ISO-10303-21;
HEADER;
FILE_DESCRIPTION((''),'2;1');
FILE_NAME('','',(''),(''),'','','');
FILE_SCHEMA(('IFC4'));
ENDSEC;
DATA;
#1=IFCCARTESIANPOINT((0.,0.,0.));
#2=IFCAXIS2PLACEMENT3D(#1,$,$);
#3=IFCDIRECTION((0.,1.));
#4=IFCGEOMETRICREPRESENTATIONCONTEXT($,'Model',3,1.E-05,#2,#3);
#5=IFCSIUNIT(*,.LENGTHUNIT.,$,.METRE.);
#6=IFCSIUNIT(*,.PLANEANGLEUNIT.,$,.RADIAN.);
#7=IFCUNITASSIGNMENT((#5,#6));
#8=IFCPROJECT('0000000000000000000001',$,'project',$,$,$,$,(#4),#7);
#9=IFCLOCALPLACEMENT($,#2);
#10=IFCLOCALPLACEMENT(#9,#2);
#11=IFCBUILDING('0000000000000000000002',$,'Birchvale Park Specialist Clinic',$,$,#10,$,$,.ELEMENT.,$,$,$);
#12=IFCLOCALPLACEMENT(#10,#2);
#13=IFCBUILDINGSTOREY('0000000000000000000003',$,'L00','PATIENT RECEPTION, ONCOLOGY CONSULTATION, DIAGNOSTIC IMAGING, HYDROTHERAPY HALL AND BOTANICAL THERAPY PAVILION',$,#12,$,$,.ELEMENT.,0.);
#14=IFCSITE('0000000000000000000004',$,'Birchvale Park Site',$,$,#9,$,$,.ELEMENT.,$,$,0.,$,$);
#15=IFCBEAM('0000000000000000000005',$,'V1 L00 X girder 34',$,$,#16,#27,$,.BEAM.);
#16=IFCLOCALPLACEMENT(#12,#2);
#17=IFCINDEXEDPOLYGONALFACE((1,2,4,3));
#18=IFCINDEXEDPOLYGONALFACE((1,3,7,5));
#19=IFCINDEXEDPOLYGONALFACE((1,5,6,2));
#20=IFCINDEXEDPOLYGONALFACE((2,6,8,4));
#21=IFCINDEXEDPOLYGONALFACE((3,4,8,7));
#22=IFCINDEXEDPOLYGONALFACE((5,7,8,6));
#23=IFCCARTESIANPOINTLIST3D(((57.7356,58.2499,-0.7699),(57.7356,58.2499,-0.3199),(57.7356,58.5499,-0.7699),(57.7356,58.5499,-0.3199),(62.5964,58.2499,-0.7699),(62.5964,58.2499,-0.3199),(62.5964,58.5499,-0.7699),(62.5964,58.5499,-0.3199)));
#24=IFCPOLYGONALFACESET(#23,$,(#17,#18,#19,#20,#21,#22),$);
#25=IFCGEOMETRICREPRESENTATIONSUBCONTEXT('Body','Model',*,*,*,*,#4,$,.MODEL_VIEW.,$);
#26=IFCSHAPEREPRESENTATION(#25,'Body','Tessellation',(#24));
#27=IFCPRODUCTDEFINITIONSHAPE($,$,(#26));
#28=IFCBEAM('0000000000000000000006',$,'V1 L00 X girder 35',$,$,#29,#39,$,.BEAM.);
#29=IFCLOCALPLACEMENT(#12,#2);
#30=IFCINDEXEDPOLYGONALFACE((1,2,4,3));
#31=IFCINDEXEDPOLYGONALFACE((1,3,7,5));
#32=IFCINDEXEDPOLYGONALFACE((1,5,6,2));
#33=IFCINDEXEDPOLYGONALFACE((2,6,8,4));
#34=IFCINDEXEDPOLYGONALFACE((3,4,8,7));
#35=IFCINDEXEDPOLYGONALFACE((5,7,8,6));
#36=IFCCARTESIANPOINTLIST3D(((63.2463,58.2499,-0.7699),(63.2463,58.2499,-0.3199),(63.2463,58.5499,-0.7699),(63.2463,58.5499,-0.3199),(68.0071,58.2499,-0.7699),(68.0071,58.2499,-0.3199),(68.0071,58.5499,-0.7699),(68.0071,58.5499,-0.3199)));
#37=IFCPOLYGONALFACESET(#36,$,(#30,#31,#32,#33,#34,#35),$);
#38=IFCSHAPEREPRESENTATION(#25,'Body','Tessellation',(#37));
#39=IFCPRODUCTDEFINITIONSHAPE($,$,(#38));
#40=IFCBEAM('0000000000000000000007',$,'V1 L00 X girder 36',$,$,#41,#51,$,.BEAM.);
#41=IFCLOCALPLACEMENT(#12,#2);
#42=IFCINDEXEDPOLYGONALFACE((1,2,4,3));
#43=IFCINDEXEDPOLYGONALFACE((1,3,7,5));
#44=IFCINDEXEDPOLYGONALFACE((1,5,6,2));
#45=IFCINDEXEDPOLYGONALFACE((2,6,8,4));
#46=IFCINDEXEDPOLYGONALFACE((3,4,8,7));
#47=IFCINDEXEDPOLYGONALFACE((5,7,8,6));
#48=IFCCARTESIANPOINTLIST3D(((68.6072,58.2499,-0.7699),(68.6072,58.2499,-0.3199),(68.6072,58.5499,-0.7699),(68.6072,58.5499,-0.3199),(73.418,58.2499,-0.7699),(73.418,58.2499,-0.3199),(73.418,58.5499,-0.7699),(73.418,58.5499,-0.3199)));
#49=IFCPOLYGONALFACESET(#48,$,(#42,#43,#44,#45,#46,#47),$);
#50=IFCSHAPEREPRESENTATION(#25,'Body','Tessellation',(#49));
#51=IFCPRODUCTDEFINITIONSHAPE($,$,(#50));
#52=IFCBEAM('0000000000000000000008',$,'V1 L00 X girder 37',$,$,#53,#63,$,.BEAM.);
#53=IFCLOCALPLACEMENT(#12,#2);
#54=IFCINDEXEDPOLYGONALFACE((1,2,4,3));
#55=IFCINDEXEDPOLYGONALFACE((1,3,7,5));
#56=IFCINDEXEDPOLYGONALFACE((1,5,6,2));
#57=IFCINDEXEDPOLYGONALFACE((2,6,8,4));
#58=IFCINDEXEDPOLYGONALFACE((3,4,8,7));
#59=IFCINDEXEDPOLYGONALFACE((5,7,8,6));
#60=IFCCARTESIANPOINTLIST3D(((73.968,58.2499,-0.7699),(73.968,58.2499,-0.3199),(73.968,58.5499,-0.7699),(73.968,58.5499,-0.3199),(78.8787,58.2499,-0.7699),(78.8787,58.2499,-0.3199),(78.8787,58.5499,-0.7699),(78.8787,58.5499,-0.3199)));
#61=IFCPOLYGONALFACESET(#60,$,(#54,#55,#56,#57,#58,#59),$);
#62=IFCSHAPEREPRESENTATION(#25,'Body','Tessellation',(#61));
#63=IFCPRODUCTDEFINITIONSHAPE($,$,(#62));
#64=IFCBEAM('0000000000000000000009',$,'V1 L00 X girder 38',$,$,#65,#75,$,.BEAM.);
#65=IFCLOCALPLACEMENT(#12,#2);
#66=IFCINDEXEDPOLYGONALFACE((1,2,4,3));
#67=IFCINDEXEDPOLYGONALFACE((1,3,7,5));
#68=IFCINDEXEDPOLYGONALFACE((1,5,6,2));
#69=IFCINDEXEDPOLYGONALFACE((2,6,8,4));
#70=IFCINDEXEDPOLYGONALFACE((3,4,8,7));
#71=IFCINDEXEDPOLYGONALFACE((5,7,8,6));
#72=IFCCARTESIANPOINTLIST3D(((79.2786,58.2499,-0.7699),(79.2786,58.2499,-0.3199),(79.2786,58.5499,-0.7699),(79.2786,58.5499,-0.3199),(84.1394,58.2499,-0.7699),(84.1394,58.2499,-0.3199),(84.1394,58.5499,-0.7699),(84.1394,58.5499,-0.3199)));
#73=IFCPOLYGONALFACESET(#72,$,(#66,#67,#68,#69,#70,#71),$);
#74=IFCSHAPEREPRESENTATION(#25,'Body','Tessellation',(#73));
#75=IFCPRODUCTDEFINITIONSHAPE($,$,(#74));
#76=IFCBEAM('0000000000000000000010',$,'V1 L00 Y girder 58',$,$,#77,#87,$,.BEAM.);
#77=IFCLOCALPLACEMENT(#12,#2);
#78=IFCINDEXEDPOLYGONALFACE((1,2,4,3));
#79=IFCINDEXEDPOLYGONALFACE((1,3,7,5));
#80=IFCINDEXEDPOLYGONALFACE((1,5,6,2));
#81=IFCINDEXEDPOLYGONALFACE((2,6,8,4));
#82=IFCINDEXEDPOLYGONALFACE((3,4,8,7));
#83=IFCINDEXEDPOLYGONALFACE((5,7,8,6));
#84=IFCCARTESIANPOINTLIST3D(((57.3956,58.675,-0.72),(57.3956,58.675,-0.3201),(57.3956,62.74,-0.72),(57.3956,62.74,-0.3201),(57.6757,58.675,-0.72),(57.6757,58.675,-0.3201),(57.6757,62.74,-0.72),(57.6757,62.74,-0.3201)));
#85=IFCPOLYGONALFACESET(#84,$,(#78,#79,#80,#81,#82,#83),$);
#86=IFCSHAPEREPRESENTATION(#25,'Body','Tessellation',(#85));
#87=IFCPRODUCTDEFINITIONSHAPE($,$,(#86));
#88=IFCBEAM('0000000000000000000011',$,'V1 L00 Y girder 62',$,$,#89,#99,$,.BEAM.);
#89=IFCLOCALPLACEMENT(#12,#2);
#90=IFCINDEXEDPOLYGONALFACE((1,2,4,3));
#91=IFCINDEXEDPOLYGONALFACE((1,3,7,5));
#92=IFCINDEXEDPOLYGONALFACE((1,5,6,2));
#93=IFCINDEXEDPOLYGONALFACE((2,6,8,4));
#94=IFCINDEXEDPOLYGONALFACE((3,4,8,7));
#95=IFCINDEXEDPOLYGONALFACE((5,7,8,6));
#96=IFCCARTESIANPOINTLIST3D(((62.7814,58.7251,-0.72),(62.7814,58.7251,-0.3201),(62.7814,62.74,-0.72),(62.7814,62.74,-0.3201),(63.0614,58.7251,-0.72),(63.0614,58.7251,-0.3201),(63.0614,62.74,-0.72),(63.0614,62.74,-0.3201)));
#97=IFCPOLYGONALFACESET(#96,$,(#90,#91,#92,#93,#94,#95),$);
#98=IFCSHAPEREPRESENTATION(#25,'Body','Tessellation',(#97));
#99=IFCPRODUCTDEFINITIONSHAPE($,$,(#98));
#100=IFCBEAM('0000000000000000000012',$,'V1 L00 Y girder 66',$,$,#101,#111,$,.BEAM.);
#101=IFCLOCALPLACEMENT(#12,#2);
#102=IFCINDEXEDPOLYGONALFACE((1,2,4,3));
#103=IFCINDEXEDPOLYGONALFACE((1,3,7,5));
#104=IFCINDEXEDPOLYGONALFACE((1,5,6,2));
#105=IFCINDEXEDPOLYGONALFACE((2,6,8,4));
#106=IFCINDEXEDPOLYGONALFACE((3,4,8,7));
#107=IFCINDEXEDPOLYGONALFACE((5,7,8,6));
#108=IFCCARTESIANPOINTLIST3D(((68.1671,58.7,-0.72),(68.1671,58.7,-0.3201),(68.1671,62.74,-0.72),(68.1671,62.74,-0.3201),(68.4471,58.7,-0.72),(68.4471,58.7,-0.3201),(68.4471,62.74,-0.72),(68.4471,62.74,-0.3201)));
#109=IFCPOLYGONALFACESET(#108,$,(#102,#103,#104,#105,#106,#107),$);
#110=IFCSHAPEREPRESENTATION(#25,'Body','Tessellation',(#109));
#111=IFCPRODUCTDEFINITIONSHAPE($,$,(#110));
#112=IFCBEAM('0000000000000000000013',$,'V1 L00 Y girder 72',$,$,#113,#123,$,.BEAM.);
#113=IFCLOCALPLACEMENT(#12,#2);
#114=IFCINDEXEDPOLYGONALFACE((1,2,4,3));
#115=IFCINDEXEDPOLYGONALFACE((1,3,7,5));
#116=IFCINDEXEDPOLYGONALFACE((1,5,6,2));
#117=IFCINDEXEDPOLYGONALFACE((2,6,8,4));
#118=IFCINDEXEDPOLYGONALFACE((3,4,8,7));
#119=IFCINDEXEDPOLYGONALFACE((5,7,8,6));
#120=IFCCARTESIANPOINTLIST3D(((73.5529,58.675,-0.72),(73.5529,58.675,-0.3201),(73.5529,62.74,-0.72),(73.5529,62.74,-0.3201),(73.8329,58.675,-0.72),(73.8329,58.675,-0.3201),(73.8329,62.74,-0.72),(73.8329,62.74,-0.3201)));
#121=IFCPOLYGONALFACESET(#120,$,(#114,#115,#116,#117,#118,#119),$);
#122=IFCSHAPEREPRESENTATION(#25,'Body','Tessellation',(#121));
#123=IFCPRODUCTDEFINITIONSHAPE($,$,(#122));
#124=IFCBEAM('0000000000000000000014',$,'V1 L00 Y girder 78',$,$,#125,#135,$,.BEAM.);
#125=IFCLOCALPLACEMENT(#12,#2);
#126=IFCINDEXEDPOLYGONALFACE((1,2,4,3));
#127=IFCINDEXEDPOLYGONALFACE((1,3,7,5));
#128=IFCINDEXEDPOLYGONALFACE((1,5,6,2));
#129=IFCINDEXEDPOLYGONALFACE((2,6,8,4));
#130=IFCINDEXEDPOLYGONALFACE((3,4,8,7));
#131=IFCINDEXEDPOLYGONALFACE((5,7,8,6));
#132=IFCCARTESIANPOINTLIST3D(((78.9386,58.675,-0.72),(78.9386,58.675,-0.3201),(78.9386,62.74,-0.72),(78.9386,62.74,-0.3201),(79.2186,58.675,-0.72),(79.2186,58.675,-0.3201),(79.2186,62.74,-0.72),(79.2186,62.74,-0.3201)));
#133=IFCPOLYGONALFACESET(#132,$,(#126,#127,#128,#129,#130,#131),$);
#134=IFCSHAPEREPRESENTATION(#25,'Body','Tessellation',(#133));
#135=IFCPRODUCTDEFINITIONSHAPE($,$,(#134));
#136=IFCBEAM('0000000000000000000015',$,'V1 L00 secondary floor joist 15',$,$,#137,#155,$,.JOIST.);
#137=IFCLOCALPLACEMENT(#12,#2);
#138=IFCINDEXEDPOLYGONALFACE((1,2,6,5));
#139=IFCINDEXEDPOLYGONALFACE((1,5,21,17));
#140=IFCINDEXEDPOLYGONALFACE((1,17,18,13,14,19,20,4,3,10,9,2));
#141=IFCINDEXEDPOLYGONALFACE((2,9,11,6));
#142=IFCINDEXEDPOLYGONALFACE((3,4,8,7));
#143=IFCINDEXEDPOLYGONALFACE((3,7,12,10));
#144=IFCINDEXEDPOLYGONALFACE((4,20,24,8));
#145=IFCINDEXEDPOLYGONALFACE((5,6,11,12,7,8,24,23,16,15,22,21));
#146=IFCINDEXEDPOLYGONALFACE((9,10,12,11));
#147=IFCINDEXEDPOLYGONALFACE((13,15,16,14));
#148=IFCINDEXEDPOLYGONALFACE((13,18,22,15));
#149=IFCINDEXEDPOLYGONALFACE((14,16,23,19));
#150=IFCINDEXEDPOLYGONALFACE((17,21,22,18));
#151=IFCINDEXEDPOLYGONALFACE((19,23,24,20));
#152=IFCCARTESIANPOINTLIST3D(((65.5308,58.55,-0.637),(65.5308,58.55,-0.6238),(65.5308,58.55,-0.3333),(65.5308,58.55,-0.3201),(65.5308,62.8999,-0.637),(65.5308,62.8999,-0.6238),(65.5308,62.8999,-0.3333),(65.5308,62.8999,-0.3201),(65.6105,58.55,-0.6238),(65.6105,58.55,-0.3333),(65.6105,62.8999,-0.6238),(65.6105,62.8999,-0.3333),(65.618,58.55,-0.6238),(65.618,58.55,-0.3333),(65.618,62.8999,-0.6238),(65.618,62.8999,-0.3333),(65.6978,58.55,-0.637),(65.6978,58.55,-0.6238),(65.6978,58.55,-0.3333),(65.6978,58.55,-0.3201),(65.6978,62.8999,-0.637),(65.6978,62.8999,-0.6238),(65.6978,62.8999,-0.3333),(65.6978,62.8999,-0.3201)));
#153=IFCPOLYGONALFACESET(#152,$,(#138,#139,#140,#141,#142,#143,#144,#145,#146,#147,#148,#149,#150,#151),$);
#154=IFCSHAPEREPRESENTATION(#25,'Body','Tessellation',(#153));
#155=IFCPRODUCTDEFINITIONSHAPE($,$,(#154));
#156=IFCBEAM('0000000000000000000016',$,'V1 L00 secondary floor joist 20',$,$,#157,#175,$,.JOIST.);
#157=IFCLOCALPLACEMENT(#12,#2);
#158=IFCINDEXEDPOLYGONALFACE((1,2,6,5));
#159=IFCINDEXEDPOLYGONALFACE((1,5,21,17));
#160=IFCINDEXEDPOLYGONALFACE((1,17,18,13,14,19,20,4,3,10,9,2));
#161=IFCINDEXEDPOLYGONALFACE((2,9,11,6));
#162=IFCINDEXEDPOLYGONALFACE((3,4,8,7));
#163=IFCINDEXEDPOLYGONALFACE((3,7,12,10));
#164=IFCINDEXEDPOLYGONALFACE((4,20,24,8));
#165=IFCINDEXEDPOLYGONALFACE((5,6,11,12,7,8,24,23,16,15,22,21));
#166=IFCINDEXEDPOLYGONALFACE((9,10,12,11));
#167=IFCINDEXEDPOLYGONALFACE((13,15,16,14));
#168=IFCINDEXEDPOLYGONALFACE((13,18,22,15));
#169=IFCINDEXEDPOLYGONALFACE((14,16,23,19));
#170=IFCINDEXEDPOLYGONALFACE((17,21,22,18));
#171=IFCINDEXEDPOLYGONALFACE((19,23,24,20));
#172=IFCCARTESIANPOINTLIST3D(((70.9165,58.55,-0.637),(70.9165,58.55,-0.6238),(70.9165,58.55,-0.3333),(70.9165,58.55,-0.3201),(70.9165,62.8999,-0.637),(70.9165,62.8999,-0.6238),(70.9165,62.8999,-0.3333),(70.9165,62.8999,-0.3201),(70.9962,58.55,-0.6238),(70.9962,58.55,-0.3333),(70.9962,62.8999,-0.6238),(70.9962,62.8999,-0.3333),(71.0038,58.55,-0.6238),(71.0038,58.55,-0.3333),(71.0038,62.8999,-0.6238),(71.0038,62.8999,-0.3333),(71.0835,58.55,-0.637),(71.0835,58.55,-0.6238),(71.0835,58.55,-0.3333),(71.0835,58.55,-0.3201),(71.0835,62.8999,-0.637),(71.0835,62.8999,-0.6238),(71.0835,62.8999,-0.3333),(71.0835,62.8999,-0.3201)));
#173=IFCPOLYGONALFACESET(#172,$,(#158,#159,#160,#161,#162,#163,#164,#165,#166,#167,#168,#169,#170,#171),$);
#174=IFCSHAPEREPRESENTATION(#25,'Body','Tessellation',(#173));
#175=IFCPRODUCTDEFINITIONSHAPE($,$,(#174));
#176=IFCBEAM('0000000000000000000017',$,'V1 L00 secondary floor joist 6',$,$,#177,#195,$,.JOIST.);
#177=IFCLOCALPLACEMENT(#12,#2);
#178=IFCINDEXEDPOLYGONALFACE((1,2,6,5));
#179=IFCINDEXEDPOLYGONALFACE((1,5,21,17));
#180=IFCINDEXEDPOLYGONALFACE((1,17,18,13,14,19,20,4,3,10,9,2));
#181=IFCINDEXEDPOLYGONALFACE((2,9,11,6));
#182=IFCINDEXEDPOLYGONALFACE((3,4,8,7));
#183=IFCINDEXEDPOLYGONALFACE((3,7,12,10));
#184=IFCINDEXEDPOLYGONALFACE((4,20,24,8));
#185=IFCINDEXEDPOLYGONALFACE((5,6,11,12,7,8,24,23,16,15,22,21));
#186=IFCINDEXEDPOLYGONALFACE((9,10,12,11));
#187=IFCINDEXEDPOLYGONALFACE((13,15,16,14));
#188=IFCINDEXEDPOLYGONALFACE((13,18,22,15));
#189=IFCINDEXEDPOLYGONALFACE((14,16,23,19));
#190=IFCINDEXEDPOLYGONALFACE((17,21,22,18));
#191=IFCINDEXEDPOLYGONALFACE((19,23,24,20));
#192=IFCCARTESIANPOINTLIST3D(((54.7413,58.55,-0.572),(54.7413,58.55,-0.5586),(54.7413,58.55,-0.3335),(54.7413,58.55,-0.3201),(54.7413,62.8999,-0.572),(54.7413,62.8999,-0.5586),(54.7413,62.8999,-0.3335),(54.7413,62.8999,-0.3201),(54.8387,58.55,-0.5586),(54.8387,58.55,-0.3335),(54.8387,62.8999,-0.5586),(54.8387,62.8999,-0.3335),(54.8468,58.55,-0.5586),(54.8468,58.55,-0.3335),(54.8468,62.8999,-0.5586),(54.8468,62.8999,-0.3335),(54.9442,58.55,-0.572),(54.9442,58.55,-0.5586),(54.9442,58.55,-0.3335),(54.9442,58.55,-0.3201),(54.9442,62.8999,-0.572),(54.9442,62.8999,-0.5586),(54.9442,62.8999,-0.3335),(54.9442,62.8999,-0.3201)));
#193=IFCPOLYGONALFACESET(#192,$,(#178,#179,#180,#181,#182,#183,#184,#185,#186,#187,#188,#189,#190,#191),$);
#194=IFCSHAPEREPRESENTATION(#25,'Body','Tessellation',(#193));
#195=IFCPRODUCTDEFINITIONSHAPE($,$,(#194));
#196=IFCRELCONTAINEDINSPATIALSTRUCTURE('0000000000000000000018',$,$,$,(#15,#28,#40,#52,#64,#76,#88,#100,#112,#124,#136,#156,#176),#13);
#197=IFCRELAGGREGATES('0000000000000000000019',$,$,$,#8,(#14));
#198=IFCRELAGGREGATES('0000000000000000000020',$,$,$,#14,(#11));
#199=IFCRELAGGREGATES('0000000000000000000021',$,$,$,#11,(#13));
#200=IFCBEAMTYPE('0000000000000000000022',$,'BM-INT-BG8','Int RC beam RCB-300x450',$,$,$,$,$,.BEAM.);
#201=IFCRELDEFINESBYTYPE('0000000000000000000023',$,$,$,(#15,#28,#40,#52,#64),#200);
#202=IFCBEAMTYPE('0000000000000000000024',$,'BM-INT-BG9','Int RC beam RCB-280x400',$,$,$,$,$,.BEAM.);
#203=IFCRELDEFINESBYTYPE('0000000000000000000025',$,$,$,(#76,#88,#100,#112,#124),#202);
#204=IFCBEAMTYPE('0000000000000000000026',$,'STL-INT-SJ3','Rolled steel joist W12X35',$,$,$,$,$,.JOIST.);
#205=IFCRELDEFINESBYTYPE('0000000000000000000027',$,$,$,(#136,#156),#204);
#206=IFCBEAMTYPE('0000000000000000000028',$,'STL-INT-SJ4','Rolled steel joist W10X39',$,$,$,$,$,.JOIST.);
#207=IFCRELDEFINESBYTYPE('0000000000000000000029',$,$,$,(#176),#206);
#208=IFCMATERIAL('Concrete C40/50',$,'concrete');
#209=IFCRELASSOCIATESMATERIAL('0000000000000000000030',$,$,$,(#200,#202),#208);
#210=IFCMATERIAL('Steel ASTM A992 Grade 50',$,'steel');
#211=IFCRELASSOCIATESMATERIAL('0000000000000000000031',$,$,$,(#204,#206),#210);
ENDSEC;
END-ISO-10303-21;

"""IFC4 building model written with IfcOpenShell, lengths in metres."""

from ifc_helpers import new_model, si_unit, direction, frame, origin, origin_2d, place, context, subcontext, project, spatial, rectangle, i_section, extrude, material, material_profile, profile_set, type_object, element, save


model = new_model("IFC4")

# Units and contexts
model_context = context("Model", 3, precision=1e-05, world=origin(), true_north=direction((0.0, 1.0)))
body_context = subcontext(model_context, "Body", "Model", "MODEL_VIEW")
ifc_project = project(units=[si_unit("LENGTHUNIT", "METRE"), si_unit("PLANEANGLEUNIT", "RADIAN")], contexts=[model_context])

# Site, building, storey
site_placement = place(None, origin())
site = spatial("IfcSite", under=ifc_project, at=site_placement, Name="Birchvale Park Site", CompositionType="ELEMENT", RefElevation=0.0)
building_placement = place(site_placement, origin())
building = spatial("IfcBuilding", under=site, at=building_placement, Name="Birchvale Park Specialist Clinic", CompositionType="ELEMENT")
storey_placement = place(building_placement, origin())
storey = spatial("IfcBuildingStorey", under=building, at=storey_placement, Name="L00", Description="PATIENT RECEPTION, ONCOLOGY CONSULTATION, DIAGNOSTIC IMAGING, HYDROTHERAPY HALL AND BOTANICAL THERAPY PAVILION", CompositionType="ELEMENT", Elevation=0.0)

# Shared definitions
ifc_material_1 = material(Name="Concrete C40/50", Category="concrete")

# Beams
ifc_material_profile_1 = material_profile(ifc_material_1, rectangle(XDim=0.3, YDim=0.45, at=origin_2d()), Name="RCB-300x450")
ifc_profile_set_1 = profile_set([ifc_material_profile_1], Name="Concrete C40/50")
beam_type_1 = type_object("IfcBeamType", Name="BM-INT-BG8", Description="Int RC beam RCB-300x450", PredefinedType="BEAM", material=ifc_profile_set_1)
beam_1_placement = place(storey_placement, frame((57.7356, 58.3999, -0.5449), z_axis=(1.0, 0.0, 0.0), x_axis=(0.0, 1.0, 0.0)))
element("IfcBeam", 1, at=beam_1_placement, inside=storey, type_object=beam_type_1, Name="V1 L00 X girder 34", PredefinedType="BEAM", context=body_context, shape_type="SweptSolid", body=[
    extrude(rectangle(XDim=0.3, YDim=0.45, at=origin_2d()), origin(), (0.0, 0.0, 1.0), 4.8608),
])
beam_2_placement = place(storey_placement, frame((63.2463, 58.3999, -0.5449), z_axis=(1.0, 0.0, 0.0), x_axis=(0.0, 1.0, 0.0)))
element("IfcBeam", 2, at=beam_2_placement, inside=storey, type_object=beam_type_1, Name="V1 L00 X girder 35", PredefinedType="BEAM", context=body_context, shape_type="SweptSolid", body=[
    extrude(rectangle(XDim=0.3, YDim=0.45, at=origin_2d()), origin(), (0.0, 0.0, 1.0), 4.7607),
])
beam_3_placement = place(storey_placement, frame((68.6072, 58.3999, -0.5449), z_axis=(1.0, 0.0, 0.0), x_axis=(0.0, 1.0, 0.0)))
element("IfcBeam", 3, at=beam_3_placement, inside=storey, type_object=beam_type_1, Name="V1 L00 X girder 36", PredefinedType="BEAM", context=body_context, shape_type="SweptSolid", body=[
    extrude(rectangle(XDim=0.3, YDim=0.45, at=origin_2d()), origin(), (0.0, 0.0, 1.0), 4.8108),
])
beam_4_placement = place(storey_placement, frame((73.968, 58.3999, -0.5449), z_axis=(1.0, 0.0, 0.0), x_axis=(0.0, 1.0, 0.0)))
element("IfcBeam", 4, at=beam_4_placement, inside=storey, type_object=beam_type_1, Name="V1 L00 X girder 37", PredefinedType="BEAM", context=body_context, shape_type="SweptSolid", body=[
    extrude(rectangle(XDim=0.3, YDim=0.45, at=origin_2d()), origin(), (0.0, 0.0, 1.0), 4.9106),
])
beam_5_placement = place(storey_placement, frame((79.2786, 58.3999, -0.5449), z_axis=(1.0, 0.0, 0.0), x_axis=(0.0, 1.0, 0.0)))
element("IfcBeam", 5, at=beam_5_placement, inside=storey, type_object=beam_type_1, Name="V1 L00 X girder 38", PredefinedType="BEAM", context=body_context, shape_type="SweptSolid", body=[
    extrude(rectangle(XDim=0.3, YDim=0.45, at=origin_2d()), origin(), (0.0, 0.0, 1.0), 4.8608),
])
ifc_material_profile_2 = material_profile(ifc_material_1, rectangle(XDim=0.28, YDim=0.3999, at=origin_2d()), Name="RCB-280x400")
ifc_profile_set_2 = profile_set([ifc_material_profile_2], Name="Concrete C40/50")
beam_type_2 = type_object("IfcBeamType", Name="BM-INT-BG9", Description="Int RC beam RCB-280x400", PredefinedType="BEAM", material=ifc_profile_set_2)
beam_6_placement = place(storey_placement, frame((57.5356, 58.675, -0.52), z_axis=(0.0, 1.0, 0.0), x_axis=(-1.0, 0.0, 0.0)))
element("IfcBeam", 6, at=beam_6_placement, inside=storey, type_object=beam_type_2, Name="V1 L00 Y girder 58", PredefinedType="BEAM", context=body_context, shape_type="SweptSolid", body=[
    extrude(rectangle(XDim=0.28, YDim=0.3999, at=origin_2d()), origin(), (0.0, 0.0, 1.0), 4.0649),
])
beam_7_placement = place(storey_placement, frame((62.9214, 58.7251, -0.52), z_axis=(0.0, 1.0, 0.0), x_axis=(-1.0, 0.0, 0.0)))
element("IfcBeam", 7, at=beam_7_placement, inside=storey, type_object=beam_type_2, Name="V1 L00 Y girder 62", PredefinedType="BEAM", context=body_context, shape_type="SweptSolid", body=[
    extrude(rectangle(XDim=0.28, YDim=0.3999, at=origin_2d()), origin(), (0.0, 0.0, 1.0), 4.0149),
])
beam_8_placement = place(storey_placement, frame((68.3071, 58.7, -0.52), z_axis=(0.0, 1.0, 0.0), x_axis=(-1.0, 0.0, 0.0)))
element("IfcBeam", 8, at=beam_8_placement, inside=storey, type_object=beam_type_2, Name="V1 L00 Y girder 66", PredefinedType="BEAM", context=body_context, shape_type="SweptSolid", body=[
    extrude(rectangle(XDim=0.28, YDim=0.3999, at=origin_2d()), origin(), (0.0, 0.0, 1.0), 4.04),
])
for number, where, z_axis, x_axis, name in (
    (9, (73.6929, 58.675, -0.52), (0.0, 1.0, 0.0), (-1.0, 0.0, 0.0), "V1 L00 Y girder 72"),
    (10, (79.0786, 58.675, -0.52), (0.0, 1.0, 0.0), (-1.0, 0.0, 0.0), "V1 L00 Y girder 78"),
):
    element("IfcBeam", number, at=place(storey_placement, frame(where, z_axis=z_axis, x_axis=x_axis)), inside=storey, type_object=beam_type_2, Name=name, PredefinedType="BEAM", context=body_context, shape_type="SweptSolid", body=[
        extrude(rectangle(XDim=0.28, YDim=0.3999, at=origin_2d()), origin(), (0.0, 0.0, 1.0), 4.0649),
    ])
ifc_material_2 = material(Name="Steel ASTM A992 Grade 50", Category="steel")
ifc_material_profile_3 = material_profile(ifc_material_2, i_section(OverallWidth=0.167, OverallDepth=0.3169, WebThickness=0.0076, FlangeThickness=0.0132, at=origin_2d()), Name="W12X35")
ifc_profile_set_3 = profile_set([ifc_material_profile_3], Name="Steel ASTM A992 Grade 50")
beam_type_3 = type_object("IfcBeamType", Name="STL-INT-SJ3", Description="Rolled steel joist W12X35", PredefinedType="JOIST", material=ifc_profile_set_3)
for number, where, z_axis, x_axis, name in (
    (11, (65.6143, 58.55, -0.4785), (0.0, 1.0, 0.0), (-1.0, 0.0, 0.0), "V1 L00 secondary floor joist 15"),
    (12, (71.0, 58.55, -0.4785), (0.0, 1.0, 0.0), (-1.0, 0.0, 0.0), "V1 L00 secondary floor joist 20"),
):
    element("IfcBeam", number, at=place(storey_placement, frame(where, z_axis=z_axis, x_axis=x_axis)), inside=storey, type_object=beam_type_3, Name=name, PredefinedType="JOIST", context=body_context, shape_type="SweptSolid", body=[
        extrude(i_section(OverallWidth=0.167, OverallDepth=0.3169, WebThickness=0.0076, FlangeThickness=0.0132, at=origin_2d()), origin(), (0.0, 0.0, 1.0), 4.3499),
    ])
ifc_material_profile_4 = material_profile(ifc_material_2, i_section(OverallWidth=0.2029, OverallDepth=0.252, WebThickness=0.0081, FlangeThickness=0.0134, at=origin_2d()), Name="W10X39")
ifc_profile_set_4 = profile_set([ifc_material_profile_4], Name="Steel ASTM A992 Grade 50")
beam_type_4 = type_object("IfcBeamType", Name="STL-INT-SJ4", Description="Rolled steel joist W10X39", PredefinedType="JOIST", material=ifc_profile_set_4)
for number, where, z_axis, x_axis, name in (
    (13, (54.8428, 58.55, -0.446), (0.0, 1.0, 0.0), (-1.0, 0.0, 0.0), "V1 L00 secondary floor joist 6"),
):
    element("IfcBeam", number, at=place(storey_placement, frame(where, z_axis=z_axis, x_axis=x_axis)), inside=storey, type_object=beam_type_4, Name=name, PredefinedType="JOIST", context=body_context, shape_type="SweptSolid", body=[
        extrude(i_section(OverallWidth=0.2029, OverallDepth=0.252, WebThickness=0.0081, FlangeThickness=0.0134, at=origin_2d()), origin(), (0.0, 0.0, 1.0), 4.3499),
    ])

save(model, "model.ifc")
